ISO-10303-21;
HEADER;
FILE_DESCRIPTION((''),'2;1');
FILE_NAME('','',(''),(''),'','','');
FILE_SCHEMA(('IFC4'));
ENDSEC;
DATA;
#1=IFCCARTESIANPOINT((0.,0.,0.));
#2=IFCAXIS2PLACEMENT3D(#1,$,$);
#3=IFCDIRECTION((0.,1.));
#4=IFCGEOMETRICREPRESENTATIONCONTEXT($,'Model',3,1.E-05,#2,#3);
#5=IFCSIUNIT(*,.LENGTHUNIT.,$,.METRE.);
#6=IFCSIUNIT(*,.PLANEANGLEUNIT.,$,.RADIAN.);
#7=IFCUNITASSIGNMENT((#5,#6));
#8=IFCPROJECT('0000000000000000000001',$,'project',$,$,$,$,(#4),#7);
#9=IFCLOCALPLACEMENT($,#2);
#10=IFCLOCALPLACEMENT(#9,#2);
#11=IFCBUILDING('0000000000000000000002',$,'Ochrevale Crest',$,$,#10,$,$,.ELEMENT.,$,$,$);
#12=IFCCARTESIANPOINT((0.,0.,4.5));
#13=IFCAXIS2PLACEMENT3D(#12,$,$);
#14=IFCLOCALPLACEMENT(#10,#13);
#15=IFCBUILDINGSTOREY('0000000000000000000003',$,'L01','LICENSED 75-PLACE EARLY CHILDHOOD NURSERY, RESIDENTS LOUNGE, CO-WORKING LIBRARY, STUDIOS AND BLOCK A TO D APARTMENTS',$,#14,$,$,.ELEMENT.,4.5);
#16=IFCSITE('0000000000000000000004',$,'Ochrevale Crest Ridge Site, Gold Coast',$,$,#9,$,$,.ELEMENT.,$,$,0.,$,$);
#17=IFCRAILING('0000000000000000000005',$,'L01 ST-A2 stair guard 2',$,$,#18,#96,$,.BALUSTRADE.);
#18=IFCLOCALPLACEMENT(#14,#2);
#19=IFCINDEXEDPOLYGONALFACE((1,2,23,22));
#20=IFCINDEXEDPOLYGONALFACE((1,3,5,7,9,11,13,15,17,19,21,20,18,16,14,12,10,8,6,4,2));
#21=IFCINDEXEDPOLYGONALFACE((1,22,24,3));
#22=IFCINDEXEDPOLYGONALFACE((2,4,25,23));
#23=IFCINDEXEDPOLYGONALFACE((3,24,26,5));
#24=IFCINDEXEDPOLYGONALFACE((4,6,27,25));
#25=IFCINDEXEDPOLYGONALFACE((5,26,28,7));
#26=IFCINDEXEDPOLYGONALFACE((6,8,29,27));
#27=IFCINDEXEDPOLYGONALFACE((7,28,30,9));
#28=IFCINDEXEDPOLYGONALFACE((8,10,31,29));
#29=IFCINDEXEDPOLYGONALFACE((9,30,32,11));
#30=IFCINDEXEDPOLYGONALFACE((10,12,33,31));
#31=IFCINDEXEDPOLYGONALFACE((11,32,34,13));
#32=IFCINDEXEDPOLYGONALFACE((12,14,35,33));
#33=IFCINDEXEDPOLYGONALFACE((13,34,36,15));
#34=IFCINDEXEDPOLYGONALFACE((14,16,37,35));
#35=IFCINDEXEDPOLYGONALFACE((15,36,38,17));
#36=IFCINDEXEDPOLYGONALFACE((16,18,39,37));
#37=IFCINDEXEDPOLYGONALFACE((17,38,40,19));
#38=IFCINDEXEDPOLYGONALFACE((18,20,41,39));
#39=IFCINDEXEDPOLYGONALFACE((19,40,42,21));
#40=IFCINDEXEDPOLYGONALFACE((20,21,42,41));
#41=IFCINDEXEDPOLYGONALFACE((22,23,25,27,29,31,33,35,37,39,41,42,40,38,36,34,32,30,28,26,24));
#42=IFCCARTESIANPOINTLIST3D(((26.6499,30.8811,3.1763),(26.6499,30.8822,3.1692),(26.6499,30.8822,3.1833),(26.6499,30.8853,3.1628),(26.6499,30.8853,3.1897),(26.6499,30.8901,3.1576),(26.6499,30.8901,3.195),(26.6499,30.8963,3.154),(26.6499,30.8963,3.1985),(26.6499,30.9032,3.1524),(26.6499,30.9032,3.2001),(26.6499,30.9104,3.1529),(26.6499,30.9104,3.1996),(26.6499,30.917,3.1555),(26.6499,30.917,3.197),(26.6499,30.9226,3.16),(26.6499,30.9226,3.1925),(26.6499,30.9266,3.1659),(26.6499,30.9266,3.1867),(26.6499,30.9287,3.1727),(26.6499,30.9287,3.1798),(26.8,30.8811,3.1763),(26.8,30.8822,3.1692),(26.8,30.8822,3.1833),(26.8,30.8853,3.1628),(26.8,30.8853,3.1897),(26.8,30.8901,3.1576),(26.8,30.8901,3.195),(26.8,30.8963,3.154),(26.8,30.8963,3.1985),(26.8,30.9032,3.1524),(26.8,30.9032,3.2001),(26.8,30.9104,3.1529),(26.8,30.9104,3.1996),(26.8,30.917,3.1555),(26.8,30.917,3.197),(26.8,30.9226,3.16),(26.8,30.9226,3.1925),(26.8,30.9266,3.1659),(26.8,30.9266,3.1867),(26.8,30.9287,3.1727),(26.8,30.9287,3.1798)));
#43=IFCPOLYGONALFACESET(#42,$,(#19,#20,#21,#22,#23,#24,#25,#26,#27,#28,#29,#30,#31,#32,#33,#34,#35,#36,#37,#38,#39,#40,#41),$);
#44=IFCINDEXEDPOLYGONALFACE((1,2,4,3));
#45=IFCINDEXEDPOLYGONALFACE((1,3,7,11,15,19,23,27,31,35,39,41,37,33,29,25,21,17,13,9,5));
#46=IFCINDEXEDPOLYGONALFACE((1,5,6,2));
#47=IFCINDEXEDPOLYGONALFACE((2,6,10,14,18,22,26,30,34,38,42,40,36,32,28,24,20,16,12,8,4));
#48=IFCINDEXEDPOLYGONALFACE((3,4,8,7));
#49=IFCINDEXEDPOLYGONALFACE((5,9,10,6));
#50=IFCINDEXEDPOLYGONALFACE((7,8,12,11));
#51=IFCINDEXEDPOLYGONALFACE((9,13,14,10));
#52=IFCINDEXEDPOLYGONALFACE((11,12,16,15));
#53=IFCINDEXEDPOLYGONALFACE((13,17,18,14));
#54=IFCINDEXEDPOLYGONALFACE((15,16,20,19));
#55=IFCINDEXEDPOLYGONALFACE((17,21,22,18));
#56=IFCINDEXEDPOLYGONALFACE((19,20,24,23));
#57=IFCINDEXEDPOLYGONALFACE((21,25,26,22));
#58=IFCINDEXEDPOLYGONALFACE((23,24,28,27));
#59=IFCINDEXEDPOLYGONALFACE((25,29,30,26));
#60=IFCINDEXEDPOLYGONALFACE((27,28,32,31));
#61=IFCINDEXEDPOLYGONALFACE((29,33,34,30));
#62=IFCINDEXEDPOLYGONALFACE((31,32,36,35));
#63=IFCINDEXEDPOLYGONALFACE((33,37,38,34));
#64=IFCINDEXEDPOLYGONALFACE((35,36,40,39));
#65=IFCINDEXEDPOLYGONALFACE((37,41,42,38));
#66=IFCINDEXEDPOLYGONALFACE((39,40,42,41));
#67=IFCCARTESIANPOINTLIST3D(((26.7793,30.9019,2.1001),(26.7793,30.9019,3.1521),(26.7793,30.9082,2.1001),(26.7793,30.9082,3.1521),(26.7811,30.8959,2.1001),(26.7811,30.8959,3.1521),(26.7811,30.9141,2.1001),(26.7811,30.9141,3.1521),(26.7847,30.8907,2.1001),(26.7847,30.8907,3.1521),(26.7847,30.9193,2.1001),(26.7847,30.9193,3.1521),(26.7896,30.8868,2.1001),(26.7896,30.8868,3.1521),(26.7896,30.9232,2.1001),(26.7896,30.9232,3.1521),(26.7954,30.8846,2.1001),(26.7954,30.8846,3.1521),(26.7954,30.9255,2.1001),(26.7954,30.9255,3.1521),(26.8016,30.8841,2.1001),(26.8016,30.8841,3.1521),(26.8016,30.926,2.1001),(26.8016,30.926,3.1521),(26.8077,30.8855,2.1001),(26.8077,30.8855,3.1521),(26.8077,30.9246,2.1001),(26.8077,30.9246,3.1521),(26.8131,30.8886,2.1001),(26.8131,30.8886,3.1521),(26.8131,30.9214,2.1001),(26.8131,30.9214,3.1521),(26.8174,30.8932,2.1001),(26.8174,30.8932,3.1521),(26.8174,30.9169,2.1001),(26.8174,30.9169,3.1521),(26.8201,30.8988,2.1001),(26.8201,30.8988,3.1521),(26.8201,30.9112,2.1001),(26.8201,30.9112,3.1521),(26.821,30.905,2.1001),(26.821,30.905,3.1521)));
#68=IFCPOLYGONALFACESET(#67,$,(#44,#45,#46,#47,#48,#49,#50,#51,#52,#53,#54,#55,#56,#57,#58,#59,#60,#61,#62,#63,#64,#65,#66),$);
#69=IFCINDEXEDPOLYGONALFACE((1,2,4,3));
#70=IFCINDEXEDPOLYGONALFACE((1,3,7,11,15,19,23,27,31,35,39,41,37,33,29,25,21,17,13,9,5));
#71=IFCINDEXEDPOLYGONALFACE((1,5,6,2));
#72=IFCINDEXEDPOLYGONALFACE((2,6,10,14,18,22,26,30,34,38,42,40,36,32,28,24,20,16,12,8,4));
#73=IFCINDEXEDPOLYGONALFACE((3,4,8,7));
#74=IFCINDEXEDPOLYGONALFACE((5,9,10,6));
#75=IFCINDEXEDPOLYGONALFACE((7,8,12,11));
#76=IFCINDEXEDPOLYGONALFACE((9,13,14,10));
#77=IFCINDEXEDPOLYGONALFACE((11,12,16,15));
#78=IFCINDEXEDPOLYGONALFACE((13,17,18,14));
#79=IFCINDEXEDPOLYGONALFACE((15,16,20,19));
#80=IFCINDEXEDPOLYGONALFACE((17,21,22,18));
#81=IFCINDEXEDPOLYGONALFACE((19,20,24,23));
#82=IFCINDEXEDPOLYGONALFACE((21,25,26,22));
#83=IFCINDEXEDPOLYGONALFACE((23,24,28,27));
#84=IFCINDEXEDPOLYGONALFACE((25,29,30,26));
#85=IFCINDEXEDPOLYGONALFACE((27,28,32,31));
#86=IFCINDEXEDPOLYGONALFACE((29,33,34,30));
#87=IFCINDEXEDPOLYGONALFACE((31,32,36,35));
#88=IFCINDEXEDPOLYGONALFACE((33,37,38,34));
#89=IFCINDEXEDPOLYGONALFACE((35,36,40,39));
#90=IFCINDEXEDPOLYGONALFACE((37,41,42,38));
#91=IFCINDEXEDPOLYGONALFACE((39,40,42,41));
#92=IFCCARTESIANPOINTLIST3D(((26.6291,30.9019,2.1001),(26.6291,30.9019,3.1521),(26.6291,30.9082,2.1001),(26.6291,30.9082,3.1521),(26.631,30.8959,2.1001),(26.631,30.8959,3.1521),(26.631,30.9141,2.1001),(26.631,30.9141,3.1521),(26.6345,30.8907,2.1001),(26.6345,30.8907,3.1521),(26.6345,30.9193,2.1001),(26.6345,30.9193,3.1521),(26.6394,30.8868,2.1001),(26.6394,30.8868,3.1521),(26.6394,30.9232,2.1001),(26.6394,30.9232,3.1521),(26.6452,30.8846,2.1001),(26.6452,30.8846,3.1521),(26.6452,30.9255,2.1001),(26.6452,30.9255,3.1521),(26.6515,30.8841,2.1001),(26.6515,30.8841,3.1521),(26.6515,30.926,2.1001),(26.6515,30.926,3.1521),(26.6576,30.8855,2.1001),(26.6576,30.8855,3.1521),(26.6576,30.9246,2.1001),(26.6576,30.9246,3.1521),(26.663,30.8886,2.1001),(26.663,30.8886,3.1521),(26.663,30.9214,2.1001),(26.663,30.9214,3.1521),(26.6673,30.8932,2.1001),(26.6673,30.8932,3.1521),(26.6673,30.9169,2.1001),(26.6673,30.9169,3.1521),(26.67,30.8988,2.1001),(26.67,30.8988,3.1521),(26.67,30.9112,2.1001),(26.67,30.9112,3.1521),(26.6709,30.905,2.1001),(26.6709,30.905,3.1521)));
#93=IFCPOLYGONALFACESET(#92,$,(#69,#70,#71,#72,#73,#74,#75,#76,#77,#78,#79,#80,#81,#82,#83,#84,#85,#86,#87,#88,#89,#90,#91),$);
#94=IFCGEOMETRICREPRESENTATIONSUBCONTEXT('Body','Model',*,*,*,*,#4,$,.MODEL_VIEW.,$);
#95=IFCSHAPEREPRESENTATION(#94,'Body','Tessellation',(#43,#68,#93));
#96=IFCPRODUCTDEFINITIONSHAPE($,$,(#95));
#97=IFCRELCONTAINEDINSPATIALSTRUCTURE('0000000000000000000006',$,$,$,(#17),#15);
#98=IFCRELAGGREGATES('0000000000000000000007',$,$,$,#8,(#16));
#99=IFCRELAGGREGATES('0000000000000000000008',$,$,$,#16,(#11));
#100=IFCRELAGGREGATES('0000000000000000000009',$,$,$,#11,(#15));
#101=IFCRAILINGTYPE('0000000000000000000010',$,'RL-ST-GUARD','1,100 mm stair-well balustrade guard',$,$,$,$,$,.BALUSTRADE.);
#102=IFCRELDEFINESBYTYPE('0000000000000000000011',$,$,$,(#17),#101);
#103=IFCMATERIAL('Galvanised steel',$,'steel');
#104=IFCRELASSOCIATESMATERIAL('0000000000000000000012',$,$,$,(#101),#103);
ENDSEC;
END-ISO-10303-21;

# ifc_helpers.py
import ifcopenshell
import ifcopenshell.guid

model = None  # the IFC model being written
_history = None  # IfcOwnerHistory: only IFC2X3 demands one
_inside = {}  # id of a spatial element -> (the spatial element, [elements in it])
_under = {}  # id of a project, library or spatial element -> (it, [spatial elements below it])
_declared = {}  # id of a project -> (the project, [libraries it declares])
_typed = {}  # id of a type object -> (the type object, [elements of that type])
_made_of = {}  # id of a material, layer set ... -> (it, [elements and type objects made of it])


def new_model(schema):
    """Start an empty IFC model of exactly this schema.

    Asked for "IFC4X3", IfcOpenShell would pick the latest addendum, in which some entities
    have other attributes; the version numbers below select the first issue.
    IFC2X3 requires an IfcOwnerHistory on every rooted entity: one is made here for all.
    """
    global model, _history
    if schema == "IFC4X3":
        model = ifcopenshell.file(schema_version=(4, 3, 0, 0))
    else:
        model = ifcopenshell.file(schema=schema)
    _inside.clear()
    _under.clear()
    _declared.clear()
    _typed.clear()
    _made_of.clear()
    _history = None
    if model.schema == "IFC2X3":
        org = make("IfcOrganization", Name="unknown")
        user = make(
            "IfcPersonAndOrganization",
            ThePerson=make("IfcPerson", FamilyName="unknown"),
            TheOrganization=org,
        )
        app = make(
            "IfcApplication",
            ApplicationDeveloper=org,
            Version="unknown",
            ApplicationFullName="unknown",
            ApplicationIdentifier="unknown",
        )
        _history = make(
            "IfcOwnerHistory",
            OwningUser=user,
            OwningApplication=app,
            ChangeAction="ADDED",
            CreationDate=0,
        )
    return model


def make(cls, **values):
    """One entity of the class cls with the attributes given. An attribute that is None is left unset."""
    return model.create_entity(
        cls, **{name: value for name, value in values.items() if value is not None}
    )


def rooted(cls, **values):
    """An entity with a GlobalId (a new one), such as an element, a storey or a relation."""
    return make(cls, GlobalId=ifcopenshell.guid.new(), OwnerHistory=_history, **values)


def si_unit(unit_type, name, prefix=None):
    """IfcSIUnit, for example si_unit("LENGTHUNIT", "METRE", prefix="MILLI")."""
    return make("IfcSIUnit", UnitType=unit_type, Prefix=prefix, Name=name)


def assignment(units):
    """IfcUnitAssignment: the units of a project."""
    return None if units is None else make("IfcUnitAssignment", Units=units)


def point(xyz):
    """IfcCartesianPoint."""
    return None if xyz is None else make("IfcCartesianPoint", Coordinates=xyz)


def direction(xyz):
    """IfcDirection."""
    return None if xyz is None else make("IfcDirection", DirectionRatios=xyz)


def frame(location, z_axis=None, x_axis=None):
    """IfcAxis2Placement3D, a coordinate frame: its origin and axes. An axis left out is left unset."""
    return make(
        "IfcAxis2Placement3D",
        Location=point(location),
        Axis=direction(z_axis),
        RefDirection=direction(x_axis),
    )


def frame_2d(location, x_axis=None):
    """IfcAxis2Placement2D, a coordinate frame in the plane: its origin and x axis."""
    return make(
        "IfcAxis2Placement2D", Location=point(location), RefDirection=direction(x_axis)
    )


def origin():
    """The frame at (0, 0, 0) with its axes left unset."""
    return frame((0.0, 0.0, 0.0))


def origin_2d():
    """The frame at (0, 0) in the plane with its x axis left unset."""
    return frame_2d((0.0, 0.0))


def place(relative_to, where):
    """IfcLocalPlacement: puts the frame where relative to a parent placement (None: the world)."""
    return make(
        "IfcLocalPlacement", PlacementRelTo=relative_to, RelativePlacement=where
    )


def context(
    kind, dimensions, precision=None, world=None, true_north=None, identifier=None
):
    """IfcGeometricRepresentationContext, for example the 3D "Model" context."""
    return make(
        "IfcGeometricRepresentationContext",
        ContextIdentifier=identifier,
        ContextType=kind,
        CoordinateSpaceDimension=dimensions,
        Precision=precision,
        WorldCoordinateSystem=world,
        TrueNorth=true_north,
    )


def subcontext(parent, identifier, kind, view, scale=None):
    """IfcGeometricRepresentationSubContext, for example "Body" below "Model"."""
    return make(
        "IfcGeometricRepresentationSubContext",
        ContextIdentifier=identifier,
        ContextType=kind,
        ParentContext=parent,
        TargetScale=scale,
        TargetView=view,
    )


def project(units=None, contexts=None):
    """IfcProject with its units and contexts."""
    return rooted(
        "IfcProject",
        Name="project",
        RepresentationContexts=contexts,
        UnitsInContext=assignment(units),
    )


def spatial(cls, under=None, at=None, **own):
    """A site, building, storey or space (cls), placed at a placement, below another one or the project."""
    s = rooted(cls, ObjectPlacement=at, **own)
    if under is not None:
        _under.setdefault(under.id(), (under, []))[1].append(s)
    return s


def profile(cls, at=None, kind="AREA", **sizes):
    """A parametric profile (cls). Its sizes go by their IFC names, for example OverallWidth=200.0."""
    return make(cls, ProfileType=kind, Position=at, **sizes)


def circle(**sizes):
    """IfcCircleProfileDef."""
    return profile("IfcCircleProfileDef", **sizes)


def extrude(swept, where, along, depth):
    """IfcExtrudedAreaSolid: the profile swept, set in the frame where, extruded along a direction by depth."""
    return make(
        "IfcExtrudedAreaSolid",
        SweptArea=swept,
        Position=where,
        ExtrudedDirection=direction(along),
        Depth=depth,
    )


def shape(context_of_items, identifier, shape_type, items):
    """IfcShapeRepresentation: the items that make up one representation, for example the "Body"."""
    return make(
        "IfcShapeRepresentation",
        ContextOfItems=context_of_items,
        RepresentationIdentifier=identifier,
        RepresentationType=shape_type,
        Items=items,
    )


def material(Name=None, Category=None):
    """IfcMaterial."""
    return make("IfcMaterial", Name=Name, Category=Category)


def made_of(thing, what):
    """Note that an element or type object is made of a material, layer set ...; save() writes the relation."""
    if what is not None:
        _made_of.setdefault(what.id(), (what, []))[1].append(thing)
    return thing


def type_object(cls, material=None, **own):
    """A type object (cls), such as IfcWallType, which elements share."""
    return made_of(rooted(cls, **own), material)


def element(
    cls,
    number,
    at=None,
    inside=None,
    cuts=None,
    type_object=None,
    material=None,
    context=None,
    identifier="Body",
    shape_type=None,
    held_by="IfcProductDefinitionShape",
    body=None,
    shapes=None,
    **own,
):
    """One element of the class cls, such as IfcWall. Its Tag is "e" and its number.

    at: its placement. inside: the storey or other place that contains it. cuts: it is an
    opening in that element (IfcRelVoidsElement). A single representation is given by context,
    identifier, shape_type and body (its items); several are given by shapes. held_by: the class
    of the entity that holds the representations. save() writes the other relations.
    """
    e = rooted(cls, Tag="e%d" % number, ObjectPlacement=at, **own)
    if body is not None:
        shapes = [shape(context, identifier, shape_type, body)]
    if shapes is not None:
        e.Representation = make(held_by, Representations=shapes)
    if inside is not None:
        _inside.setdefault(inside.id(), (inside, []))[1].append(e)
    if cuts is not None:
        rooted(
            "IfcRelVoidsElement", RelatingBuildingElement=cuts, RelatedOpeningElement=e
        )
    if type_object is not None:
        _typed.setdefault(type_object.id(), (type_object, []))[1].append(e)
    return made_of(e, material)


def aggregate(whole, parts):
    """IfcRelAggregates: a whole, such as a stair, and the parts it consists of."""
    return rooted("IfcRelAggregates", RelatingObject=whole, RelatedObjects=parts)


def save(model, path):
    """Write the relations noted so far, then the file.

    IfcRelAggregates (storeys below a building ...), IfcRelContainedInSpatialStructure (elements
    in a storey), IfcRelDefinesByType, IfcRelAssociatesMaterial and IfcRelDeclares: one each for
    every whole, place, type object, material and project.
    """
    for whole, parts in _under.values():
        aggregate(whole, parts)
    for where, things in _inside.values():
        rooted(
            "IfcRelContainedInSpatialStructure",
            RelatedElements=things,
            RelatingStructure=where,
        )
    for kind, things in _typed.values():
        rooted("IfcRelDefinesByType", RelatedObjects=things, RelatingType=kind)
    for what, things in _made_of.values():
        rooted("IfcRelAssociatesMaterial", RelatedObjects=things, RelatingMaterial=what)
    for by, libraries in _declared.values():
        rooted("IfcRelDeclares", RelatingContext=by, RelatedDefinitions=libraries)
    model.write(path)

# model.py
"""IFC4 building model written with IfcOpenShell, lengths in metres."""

from ifc_helpers import new_model, si_unit, direction, frame, origin, origin_2d, place, context, subcontext, project, spatial, circle, extrude, material, type_object, element, save


model = new_model("IFC4")

# Units and contexts
model_context = context("Model", 3, precision=1e-05, world=origin(), true_north=direction((0.0, 1.0)))
body_context = subcontext(model_context, "Body", "Model", "MODEL_VIEW")
ifc_project = project(units=[si_unit("LENGTHUNIT", "METRE"), si_unit("PLANEANGLEUNIT", "RADIAN")], contexts=[model_context])

# Site, building, storey
site_placement = place(None, origin())
site = spatial("IfcSite", under=ifc_project, at=site_placement, Name="Ochrevale Crest Ridge Site, Gold Coast", CompositionType="ELEMENT", RefElevation=0.0)
building_placement = place(site_placement, origin())
building = spatial("IfcBuilding", under=site, at=building_placement, Name="Ochrevale Crest", CompositionType="ELEMENT")
storey_placement = place(building_placement, frame((0.0, 0.0, 4.5)))
storey = spatial("IfcBuildingStorey", under=building, at=storey_placement, Name="L01", Description="LICENSED 75-PLACE EARLY CHILDHOOD NURSERY, RESIDENTS LOUNGE, CO-WORKING LIBRARY, STUDIOS AND BLOCK A TO D APARTMENTS", CompositionType="ELEMENT", Elevation=4.5)

# Railing
ifc_material_1 = material(Name="Galvanised steel", Category="steel")
railing_type_1 = type_object("IfcRailingType", Name="RL-ST-GUARD", Description="1,100 mm stair-well balustrade guard", PredefinedType="BALUSTRADE", material=ifc_material_1)
railing_1_placement = place(storey_placement, frame((26.8, 30.905, 2.1001)))
element("IfcRailing", 1, at=railing_1_placement, inside=storey, type_object=railing_type_1, Name="L01 ST-A2 stair guard 2", PredefinedType="BALUSTRADE", context=body_context, shape_type="SweptSolid", body=[
    extrude(circle(Radius=0.0239, at=origin_2d()), frame((0.0, 0.0, 1.0762), z_axis=(-1.0, 0.0, 0.0), x_axis=(0.0, -1.0, 0.0)), (0.0, 0.0, 1.0), 0.1501),
    extrude(circle(Radius=0.021, at=origin_2d()), origin(), (0.0, 0.0, 1.0), 1.052),
    extrude(circle(Radius=0.021, at=origin_2d()), frame((-0.1501, 0.0, 0.0)), (0.0, 0.0, 1.0), 1.052),
])

save(model, "model.ifc")
